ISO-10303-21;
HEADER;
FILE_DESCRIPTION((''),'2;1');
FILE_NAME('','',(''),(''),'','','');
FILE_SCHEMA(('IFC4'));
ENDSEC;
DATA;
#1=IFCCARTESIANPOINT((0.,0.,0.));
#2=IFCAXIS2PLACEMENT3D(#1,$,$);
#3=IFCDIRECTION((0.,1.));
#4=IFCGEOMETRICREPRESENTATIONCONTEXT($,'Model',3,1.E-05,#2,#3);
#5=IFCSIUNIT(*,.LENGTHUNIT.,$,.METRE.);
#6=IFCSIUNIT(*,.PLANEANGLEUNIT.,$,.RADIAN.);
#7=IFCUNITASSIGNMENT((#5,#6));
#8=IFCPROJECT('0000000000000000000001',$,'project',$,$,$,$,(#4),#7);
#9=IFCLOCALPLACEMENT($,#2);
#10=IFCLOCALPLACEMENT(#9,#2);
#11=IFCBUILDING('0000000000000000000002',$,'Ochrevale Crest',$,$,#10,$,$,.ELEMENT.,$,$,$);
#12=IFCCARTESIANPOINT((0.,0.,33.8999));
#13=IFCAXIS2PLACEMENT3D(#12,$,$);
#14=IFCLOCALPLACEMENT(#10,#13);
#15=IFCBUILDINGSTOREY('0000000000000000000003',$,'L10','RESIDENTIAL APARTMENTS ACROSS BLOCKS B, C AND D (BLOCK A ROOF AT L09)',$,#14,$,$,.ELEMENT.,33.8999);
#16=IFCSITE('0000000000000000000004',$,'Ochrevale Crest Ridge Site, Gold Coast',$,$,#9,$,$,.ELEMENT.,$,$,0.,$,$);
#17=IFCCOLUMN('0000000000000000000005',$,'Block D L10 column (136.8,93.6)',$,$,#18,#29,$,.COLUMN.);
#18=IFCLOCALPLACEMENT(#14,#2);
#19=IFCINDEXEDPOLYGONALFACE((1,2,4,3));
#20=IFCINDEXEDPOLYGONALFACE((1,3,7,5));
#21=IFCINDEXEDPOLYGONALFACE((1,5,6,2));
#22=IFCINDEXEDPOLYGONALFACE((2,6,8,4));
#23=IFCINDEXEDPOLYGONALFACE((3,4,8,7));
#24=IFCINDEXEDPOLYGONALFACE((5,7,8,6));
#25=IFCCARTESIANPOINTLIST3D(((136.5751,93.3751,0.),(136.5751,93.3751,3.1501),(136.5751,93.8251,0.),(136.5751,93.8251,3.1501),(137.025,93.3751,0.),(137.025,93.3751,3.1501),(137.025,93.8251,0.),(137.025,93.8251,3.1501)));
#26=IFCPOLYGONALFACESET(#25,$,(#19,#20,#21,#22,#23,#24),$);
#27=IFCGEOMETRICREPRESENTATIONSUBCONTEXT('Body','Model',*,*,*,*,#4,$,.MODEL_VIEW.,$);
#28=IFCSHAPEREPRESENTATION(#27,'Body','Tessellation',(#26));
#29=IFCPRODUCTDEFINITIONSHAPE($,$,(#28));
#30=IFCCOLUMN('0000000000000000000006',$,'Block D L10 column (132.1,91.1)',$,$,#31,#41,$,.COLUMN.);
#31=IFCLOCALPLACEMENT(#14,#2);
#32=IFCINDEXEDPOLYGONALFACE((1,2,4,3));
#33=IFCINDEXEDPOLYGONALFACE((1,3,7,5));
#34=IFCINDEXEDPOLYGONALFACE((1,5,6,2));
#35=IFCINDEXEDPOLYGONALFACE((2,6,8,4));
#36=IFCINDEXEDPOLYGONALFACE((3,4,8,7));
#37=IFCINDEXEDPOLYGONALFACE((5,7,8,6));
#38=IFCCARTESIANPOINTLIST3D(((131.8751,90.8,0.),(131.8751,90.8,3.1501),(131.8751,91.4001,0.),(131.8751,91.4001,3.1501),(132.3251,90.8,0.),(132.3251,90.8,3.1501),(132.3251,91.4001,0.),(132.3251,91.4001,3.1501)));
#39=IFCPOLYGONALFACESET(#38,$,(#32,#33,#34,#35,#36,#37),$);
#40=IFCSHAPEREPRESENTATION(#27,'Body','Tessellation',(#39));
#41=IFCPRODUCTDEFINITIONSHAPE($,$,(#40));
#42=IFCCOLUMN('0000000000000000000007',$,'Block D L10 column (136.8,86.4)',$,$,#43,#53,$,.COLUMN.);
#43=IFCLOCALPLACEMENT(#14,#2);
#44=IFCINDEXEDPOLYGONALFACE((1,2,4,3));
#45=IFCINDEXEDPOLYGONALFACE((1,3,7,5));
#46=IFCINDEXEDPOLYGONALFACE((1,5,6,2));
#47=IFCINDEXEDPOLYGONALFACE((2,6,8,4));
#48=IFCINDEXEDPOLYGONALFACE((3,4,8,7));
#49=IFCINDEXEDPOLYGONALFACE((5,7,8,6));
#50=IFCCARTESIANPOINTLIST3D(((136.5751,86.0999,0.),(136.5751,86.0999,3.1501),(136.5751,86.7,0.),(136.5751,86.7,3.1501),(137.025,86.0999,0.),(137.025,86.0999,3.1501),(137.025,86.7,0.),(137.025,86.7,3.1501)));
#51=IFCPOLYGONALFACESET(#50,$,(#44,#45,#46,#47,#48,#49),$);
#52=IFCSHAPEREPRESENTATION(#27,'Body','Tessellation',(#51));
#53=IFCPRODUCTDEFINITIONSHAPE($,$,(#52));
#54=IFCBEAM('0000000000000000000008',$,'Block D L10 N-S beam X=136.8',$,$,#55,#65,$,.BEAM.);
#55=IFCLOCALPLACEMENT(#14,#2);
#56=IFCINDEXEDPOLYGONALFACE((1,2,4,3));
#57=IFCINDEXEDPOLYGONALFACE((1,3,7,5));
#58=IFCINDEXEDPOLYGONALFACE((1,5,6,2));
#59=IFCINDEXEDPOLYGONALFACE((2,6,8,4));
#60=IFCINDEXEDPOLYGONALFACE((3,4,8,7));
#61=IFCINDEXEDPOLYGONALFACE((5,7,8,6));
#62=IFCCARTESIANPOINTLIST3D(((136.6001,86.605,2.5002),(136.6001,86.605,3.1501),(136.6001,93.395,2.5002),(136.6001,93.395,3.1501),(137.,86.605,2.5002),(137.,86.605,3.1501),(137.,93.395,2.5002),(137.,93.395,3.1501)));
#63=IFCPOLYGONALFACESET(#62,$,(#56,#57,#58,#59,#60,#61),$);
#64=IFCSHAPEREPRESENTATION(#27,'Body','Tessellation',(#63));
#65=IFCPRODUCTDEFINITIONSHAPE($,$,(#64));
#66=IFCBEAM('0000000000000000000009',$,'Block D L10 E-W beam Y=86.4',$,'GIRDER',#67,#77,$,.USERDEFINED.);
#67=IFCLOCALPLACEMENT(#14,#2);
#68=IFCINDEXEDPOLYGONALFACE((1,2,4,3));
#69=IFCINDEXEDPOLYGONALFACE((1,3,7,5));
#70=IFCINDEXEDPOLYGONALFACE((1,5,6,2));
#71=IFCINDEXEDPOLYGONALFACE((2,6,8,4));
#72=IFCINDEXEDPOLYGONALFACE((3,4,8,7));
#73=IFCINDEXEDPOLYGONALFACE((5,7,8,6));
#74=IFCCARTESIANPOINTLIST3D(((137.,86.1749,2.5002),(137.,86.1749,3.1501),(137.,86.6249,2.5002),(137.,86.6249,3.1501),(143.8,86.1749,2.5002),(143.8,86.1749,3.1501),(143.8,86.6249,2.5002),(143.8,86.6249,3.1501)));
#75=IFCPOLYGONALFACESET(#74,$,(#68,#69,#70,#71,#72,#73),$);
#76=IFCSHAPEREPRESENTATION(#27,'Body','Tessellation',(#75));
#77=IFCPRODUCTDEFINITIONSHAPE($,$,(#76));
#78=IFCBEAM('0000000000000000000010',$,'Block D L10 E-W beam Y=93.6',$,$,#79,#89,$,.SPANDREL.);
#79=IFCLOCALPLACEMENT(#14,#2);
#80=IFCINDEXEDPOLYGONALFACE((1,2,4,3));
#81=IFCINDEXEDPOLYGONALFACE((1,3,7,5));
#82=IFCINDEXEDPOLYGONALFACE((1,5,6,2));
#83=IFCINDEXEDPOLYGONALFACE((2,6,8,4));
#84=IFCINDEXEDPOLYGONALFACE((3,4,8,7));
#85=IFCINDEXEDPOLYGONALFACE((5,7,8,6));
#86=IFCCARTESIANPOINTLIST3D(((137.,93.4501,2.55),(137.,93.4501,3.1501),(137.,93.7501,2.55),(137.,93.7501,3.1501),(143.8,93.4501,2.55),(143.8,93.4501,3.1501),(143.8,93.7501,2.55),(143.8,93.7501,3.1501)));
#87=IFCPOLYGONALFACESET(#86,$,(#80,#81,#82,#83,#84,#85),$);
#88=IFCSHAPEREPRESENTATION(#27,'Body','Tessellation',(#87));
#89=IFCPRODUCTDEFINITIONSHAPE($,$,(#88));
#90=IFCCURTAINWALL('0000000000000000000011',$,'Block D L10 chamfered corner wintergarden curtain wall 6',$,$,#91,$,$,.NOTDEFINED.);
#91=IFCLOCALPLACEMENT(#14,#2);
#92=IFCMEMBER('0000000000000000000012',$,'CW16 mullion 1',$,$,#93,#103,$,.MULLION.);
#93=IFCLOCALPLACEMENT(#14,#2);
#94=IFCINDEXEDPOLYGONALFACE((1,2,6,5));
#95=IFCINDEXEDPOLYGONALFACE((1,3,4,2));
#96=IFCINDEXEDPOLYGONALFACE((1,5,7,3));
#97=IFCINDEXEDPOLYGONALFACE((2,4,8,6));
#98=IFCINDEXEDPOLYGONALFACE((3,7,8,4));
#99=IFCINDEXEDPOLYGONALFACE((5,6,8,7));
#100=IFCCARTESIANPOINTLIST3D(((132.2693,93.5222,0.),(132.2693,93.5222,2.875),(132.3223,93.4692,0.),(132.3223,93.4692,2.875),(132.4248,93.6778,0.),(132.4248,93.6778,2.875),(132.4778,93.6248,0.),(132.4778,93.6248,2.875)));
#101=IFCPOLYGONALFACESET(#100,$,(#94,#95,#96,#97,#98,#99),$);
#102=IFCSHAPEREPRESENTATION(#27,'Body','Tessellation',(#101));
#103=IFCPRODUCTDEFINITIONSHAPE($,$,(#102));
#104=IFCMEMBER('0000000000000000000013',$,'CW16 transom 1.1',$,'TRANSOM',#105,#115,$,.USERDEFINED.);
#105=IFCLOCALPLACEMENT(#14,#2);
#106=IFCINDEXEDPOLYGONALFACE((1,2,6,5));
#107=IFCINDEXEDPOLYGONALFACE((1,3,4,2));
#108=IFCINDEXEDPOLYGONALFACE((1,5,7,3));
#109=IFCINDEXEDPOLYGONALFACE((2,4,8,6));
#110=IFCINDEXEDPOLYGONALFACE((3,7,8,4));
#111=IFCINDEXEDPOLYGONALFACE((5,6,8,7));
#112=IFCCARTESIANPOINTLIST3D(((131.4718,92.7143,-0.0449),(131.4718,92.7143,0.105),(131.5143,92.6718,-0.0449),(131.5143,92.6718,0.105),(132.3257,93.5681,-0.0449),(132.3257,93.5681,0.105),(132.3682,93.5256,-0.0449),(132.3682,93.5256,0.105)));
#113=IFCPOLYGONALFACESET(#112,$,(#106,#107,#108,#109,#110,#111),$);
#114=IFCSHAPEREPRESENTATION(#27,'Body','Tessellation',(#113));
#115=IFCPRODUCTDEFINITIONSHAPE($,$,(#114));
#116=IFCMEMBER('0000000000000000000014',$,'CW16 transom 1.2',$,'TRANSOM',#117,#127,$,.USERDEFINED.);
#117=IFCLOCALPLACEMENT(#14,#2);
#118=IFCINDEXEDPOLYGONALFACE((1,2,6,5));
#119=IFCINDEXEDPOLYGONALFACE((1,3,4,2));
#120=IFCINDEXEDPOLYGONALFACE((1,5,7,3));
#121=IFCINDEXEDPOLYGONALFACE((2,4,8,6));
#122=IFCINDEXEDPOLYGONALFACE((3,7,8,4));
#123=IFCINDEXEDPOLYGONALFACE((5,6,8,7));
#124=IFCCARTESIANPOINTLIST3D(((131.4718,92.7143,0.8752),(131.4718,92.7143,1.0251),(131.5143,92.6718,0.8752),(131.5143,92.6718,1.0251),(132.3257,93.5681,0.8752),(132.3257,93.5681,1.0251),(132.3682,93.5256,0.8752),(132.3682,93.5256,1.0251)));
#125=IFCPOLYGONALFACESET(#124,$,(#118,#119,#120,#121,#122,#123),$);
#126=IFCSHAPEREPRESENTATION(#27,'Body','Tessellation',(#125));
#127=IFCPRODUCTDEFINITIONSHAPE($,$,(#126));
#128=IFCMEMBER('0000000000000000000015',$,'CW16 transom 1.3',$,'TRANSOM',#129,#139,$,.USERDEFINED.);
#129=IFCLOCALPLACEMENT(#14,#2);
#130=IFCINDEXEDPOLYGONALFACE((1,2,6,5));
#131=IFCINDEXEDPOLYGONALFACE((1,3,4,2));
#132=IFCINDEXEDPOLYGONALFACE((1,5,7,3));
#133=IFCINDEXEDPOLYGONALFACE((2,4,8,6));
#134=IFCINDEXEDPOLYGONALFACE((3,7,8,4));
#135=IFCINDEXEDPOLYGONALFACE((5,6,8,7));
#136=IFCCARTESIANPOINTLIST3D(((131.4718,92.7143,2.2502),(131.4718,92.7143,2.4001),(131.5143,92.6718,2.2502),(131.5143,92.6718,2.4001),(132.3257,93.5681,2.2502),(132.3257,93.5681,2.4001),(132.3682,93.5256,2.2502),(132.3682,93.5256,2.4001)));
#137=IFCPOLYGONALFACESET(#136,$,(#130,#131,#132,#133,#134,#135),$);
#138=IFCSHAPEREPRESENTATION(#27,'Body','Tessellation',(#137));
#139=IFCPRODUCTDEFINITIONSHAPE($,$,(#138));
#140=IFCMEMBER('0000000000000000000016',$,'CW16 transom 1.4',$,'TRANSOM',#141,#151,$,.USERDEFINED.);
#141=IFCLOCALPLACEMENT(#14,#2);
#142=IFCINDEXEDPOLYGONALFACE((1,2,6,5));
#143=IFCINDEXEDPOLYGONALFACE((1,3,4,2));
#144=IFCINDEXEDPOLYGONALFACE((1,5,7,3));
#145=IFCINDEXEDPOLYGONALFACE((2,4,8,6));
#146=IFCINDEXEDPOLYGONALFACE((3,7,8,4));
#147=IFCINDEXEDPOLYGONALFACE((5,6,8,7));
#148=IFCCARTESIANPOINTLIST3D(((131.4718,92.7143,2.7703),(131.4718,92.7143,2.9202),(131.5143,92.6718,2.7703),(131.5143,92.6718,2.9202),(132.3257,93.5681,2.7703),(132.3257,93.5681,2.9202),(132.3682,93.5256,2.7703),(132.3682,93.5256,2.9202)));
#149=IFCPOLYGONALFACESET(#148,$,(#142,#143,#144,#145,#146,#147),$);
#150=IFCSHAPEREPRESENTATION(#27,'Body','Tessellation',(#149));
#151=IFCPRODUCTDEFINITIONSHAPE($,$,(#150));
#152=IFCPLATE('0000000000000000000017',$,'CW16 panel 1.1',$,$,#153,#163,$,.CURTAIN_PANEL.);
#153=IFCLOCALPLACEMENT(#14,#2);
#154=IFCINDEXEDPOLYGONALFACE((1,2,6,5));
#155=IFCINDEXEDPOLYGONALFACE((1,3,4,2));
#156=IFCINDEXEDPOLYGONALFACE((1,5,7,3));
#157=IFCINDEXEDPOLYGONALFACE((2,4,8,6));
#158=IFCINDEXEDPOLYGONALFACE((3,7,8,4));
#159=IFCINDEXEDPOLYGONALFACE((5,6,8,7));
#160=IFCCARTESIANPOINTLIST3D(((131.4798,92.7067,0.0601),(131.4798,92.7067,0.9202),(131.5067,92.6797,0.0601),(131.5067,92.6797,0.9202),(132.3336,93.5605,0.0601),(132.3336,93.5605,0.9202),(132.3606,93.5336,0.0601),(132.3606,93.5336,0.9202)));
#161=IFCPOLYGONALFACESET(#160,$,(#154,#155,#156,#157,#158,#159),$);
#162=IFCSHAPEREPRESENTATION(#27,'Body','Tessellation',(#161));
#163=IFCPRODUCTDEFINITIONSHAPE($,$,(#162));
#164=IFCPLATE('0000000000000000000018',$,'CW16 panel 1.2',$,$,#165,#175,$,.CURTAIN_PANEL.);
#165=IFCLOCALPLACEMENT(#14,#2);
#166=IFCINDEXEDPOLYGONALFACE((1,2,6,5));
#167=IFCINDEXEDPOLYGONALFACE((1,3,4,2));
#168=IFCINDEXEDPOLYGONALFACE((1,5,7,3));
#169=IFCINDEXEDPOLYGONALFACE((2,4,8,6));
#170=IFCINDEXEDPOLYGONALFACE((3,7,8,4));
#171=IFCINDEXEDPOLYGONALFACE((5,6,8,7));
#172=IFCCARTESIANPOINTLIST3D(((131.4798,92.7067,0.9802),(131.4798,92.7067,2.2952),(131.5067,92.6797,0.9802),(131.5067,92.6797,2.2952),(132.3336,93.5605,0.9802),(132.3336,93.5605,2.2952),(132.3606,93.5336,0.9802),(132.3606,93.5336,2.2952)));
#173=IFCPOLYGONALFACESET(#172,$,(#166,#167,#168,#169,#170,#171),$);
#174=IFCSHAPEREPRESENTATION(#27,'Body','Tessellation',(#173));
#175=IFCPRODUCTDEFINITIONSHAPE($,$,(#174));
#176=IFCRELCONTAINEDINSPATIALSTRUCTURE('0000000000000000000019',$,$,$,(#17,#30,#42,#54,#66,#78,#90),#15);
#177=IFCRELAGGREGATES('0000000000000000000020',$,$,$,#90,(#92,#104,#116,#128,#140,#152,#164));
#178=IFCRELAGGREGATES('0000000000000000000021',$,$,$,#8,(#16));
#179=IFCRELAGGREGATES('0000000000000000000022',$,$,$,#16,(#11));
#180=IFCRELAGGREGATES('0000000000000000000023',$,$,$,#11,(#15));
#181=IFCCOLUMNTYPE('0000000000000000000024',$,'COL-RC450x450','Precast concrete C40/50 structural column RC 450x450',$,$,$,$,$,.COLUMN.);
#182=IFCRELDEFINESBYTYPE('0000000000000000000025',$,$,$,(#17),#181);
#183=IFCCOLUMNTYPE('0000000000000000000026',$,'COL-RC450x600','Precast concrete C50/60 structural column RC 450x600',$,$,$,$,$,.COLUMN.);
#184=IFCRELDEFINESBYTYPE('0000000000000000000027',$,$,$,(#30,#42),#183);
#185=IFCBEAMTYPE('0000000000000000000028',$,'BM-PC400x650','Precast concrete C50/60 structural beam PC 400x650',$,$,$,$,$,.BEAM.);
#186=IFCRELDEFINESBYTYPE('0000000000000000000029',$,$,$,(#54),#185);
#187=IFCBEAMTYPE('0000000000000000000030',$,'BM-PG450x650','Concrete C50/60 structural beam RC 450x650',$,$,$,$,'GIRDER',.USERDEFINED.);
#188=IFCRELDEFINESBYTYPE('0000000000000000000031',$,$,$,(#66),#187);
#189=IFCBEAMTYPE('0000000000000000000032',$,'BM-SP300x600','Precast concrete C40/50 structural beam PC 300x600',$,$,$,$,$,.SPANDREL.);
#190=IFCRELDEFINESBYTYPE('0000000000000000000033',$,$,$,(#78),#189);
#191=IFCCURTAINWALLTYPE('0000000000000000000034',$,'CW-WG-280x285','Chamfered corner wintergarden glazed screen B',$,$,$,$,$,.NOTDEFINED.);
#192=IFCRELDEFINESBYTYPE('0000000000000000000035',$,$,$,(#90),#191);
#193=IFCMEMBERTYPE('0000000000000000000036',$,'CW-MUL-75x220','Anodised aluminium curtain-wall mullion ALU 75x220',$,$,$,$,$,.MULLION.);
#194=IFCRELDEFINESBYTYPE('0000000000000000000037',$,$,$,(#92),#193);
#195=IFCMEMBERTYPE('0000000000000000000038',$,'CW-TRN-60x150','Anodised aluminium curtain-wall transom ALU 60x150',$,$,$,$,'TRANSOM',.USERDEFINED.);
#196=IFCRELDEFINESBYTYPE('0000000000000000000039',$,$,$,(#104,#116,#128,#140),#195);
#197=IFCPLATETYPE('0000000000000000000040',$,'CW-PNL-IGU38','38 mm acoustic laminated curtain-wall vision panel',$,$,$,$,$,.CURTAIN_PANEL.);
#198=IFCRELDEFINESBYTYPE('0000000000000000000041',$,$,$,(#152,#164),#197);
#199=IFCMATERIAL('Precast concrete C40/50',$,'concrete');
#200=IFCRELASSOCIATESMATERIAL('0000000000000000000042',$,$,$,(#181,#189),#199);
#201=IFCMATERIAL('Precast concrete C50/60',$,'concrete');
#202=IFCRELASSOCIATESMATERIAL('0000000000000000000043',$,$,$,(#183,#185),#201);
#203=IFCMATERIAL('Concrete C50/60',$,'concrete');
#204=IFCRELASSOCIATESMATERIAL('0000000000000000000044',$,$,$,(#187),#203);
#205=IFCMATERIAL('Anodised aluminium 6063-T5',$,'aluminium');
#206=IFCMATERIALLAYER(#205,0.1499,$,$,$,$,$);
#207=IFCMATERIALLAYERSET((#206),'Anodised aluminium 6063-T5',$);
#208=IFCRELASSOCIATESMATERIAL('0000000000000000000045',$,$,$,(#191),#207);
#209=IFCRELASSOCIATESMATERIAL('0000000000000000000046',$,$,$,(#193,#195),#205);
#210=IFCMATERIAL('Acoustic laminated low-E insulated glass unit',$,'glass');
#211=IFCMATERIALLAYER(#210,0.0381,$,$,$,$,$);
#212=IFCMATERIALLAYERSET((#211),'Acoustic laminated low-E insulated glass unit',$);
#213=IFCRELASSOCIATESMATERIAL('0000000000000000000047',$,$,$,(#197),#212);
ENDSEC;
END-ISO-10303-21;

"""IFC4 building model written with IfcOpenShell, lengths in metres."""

from ifc_helpers import new_model, si_unit, direction, frame, origin, origin_2d, place, context, subcontext, project, spatial, rectangle, extrude, material, layer, layer_set, material_profile, profile_set, type_object, element, aggregate, save


model = new_model("IFC4")

# Units and contexts
model_context = context("Model", 3, precision=1e-05, world=origin(), true_north=direction((0.0, 1.0)))
body_context = subcontext(model_context, "Body", "Model", "MODEL_VIEW")
ifc_project = project(units=[si_unit("LENGTHUNIT", "METRE"), si_unit("PLANEANGLEUNIT", "RADIAN")], contexts=[model_context])

# Site, building, storey
site_placement = place(None, origin())
site = spatial("IfcSite", under=ifc_project, at=site_placement, Name="Ochrevale Crest Ridge Site, Gold Coast", CompositionType="ELEMENT", RefElevation=0.0)
building_placement = place(site_placement, origin())
building = spatial("IfcBuilding", under=site, at=building_placement, Name="Ochrevale Crest", CompositionType="ELEMENT")
storey_placement = place(building_placement, frame((0.0, 0.0, 33.8999)))
storey = spatial("IfcBuildingStorey", under=building, at=storey_placement, Name="L10", Description="RESIDENTIAL APARTMENTS ACROSS BLOCKS B, C AND D (BLOCK A ROOF AT L09)", CompositionType="ELEMENT", Elevation=33.8999)

# Columns
ifc_material_1 = material(Name="Precast concrete C40/50", Category="concrete")
ifc_material_profile_1 = material_profile(ifc_material_1, rectangle(XDim=0.45, YDim=0.45, at=origin_2d()), Name="RC 450x450")
ifc_profile_set_1 = profile_set([ifc_material_profile_1], Name="Precast concrete C40/50")
column_type_1 = type_object("IfcColumnType", Name="COL-RC450x450", Description="Precast concrete C40/50 structural column RC 450x450", PredefinedType="COLUMN", material=ifc_profile_set_1)
column_placement = place(storey_placement, frame((136.8, 93.6001, 0.0), z_axis=(0.0, 0.0, 1.0), x_axis=(1.0, 0.0, 0.0)))
element("IfcColumn", 1, at=column_placement, inside=storey, type_object=column_type_1, Name="Block D L10 column (136.8,93.6)", PredefinedType="COLUMN", context=body_context, shape_type="SweptSolid", body=[
    extrude(rectangle(XDim=0.45, YDim=0.45, at=origin_2d()), origin(), (0.0, 0.0, 1.0), 3.1501),
])
ifc_material_2 = material(Name="Precast concrete C50/60", Category="concrete")
ifc_material_profile_2 = material_profile(ifc_material_2, rectangle(XDim=0.45, YDim=0.6001, at=origin_2d()), Name="RC 450x600")
ifc_profile_set_2 = profile_set([ifc_material_profile_2], Name="Precast concrete C50/60")
column_type_2 = type_object("IfcColumnType", Name="COL-RC450x600", Description="Precast concrete C50/60 structural column RC 450x600", PredefinedType="COLUMN", material=ifc_profile_set_2)
for number, where, z_axis, x_axis, name in (
    (2, (132.1001, 91.1001, 0.0), (0.0, 0.0, 1.0), (1.0, 0.0, 0.0), "Block D L10 column (132.1,91.1)"),
    (3, (136.8, 86.3999, 0.0), (0.0, 0.0, 1.0), (1.0, 0.0, 0.0), "Block D L10 column (136.8,86.4)"),
):
    element("IfcColumn", number, at=place(storey_placement, frame(where, z_axis=z_axis, x_axis=x_axis)), inside=storey, type_object=column_type_2, Name=name, PredefinedType="COLUMN", context=body_context, shape_type="SweptSolid", body=[
        extrude(rectangle(XDim=0.45, YDim=0.6001, at=origin_2d()), origin(), (0.0, 0.0, 1.0), 3.1501),
    ])

# Beams
ifc_material_profile_3 = material_profile(ifc_material_2, rectangle(XDim=0.3999, YDim=0.6499, at=origin_2d()), Name="PC 400x650")
ifc_profile_set_3 = profile_set([ifc_material_profile_3], Name="Precast concrete C50/60")
beam_type_1 = type_object("IfcBeamType", Name="BM-PC400x650", Description="Precast concrete C50/60 structural beam PC 400x650", PredefinedType="BEAM", material=ifc_profile_set_3)
beam_1_placement = place(storey_placement, frame((136.8, 86.605, 2.8252), z_axis=(0.0, 1.0, 0.0), x_axis=(-1.0, 0.0, 0.0)))
element("IfcBeam", 4, at=beam_1_placement, inside=storey, type_object=beam_type_1, Name="Block D L10 N-S beam X=136.8", PredefinedType="BEAM", context=body_context, shape_type="SweptSolid", body=[
    extrude(rectangle(XDim=0.3999, YDim=0.6499, at=origin_2d()), origin(), (0.0, 0.0, 1.0), 6.79),
])
ifc_material_3 = material(Name="Concrete C50/60", Category="concrete")
ifc_material_profile_4 = material_profile(ifc_material_3, rectangle(XDim=0.45, YDim=0.6499, at=origin_2d()), Name="RC 450x650")
ifc_profile_set_4 = profile_set([ifc_material_profile_4], Name="Concrete C50/60")
beam_type_2 = type_object("IfcBeamType", Name="BM-PG450x650", Description="Concrete C50/60 structural beam RC 450x650", ElementType="GIRDER", PredefinedType="USERDEFINED", material=ifc_profile_set_4)
beam_2_placement = place(storey_placement, frame((137.0, 86.3999, 2.8252), z_axis=(1.0, 0.0, 0.0), x_axis=(0.0, 1.0, 0.0)))
element("IfcBeam", 5, at=beam_2_placement, inside=storey, type_object=beam_type_2, Name="Block D L10 E-W beam Y=86.4", ObjectType="GIRDER", PredefinedType="USERDEFINED", context=body_context, shape_type="SweptSolid", body=[
    extrude(rectangle(XDim=0.45, YDim=0.6499, at=origin_2d()), origin(), (0.0, 0.0, 1.0), 6.8),
])
ifc_material_profile_5 = material_profile(ifc_material_1, rectangle(XDim=0.3, YDim=0.6001, at=origin_2d()), Name="PC 300x600")
ifc_profile_set_5 = profile_set([ifc_material_profile_5], Name="Precast concrete C40/50")
beam_type_3 = type_object("IfcBeamType", Name="BM-SP300x600", Description="Precast concrete C40/50 structural beam PC 300x600", PredefinedType="SPANDREL", material=ifc_profile_set_5)
beam_3_placement = place(storey_placement, frame((137.0, 93.6001, 2.8501), z_axis=(1.0, 0.0, 0.0), x_axis=(0.0, 1.0, 0.0)))
element("IfcBeam", 6, at=beam_3_placement, inside=storey, type_object=beam_type_3, Name="Block D L10 E-W beam Y=93.6", PredefinedType="SPANDREL", context=body_context, shape_type="SweptSolid", body=[
    extrude(rectangle(XDim=0.3, YDim=0.6001, at=origin_2d()), origin(), (0.0, 0.0, 1.0), 6.8),
])

# Curtain wall, members, plates
ifc_material_4 = material(Name="Anodised aluminium 6063-T5", Category="aluminium")
ifc_layer_1 = layer(ifc_material_4, 0.1499)
ifc_layer_set_1 = layer_set([ifc_layer_1], Name="Anodised aluminium 6063-T5")
curtain_wall_type = type_object("IfcCurtainWallType", Name="CW-WG-280x285", Description="Chamfered corner wintergarden glazed screen B", PredefinedType="NOTDEFINED", material=ifc_layer_set_1)
curtain_wall_placement = place(storey_placement, origin())
curtain_wall = element("IfcCurtainWall", 7, at=curtain_wall_placement, inside=storey, type_object=curtain_wall_type, Name="Block D L10 chamfered corner wintergarden curtain wall 6", PredefinedType="NOTDEFINED")
ifc_material_profile_6 = material_profile(ifc_material_4, rectangle(XDim=0.075, YDim=0.22, at=origin_2d()), Name="ALU 75x220")
ifc_profile_set_6 = profile_set([ifc_material_profile_6], Name="Anodised aluminium 6063-T5")
member_type_1 = type_object("IfcMemberType", Name="CW-MUL-75x220", Description="Anodised aluminium curtain-wall mullion ALU 75x220", PredefinedType="MULLION", material=ifc_profile_set_6)
member_1_placement = place(storey_placement, frame((132.3735, 93.5735, 0.0), z_axis=(0.0, 0.0, 1.0), x_axis=(0.707107, -0.707107, 0.0)))
member_1 = element("IfcMember", 8, at=member_1_placement, type_object=member_type_1, Name="CW16 mullion 1", PredefinedType="MULLION", context=body_context, shape_type="SweptSolid", body=[
    extrude(rectangle(XDim=0.075, YDim=0.22, at=origin_2d()), origin(), (0.0, 0.0, 1.0), 2.875),
])
ifc_material_profile_7 = material_profile(ifc_material_4, rectangle(XDim=0.0601, YDim=0.1499, at=origin_2d()), Name="ALU 60x150")
ifc_profile_set_7 = profile_set([ifc_material_profile_7], Name="Anodised aluminium 6063-T5")
member_type_2 = type_object("IfcMemberType", Name="CW-TRN-60x150", Description="Anodised aluminium curtain-wall transom ALU 60x150", ElementType="TRANSOM", PredefinedType="USERDEFINED", material=ifc_profile_set_7)
member_2_placement = place(storey_placement, frame((132.3469, 93.5469, 0.03), z_axis=(-0.707107, -0.707107, 0.0), x_axis=(0.707107, -0.707107, 0.0)))
member_2 = element("IfcMember", 9, at=member_2_placement, type_object=member_type_2, Name="CW16 transom 1.1", ObjectType="TRANSOM", PredefinedType="USERDEFINED", context=body_context, shape_type="SweptSolid", body=[
    extrude(rectangle(XDim=0.0601, YDim=0.1499, at=origin_2d()), origin(), (0.0, 0.0, 1.0), 1.2075),
])
member_3_placement = place(storey_placement, frame((132.3469, 93.5469, 0.9502), z_axis=(-0.707107, -0.707107, 0.0), x_axis=(0.707107, -0.707107, 0.0)))
member_3 = element("IfcMember", 10, at=member_3_placement, type_object=member_type_2, Name="CW16 transom 1.2", ObjectType="TRANSOM", PredefinedType="USERDEFINED", context=body_context, shape_type="SweptSolid", body=[
    extrude(rectangle(XDim=0.0601, YDim=0.1499, at=origin_2d()), origin(), (0.0, 0.0, 1.0), 1.2075),
])
member_4_placement = place(storey_placement, frame((132.3469, 93.5469, 2.3252), z_axis=(-0.707107, -0.707107, 0.0), x_axis=(0.707107, -0.707107, 0.0)))
member_4 = element("IfcMember", 11, at=member_4_placement, type_object=member_type_2, Name="CW16 transom 1.3", ObjectType="TRANSOM", PredefinedType="USERDEFINED", context=body_context, shape_type="SweptSolid", body=[
    extrude(rectangle(XDim=0.0601, YDim=0.1499, at=origin_2d()), origin(), (0.0, 0.0, 1.0), 1.2075),
])
member_5_placement = place(storey_placement, frame((132.3469, 93.5469, 2.8452), z_axis=(-0.707107, -0.707107, 0.0), x_axis=(0.707107, -0.707107, 0.0)))
member_5 = element("IfcMember", 12, at=member_5_placement, type_object=member_type_2, Name="CW16 transom 1.4", ObjectType="TRANSOM", PredefinedType="USERDEFINED", context=body_context, shape_type="SweptSolid", body=[
    extrude(rectangle(XDim=0.0601, YDim=0.1499, at=origin_2d()), origin(), (0.0, 0.0, 1.0), 1.2075),
])
ifc_material_5 = material(Name="Acoustic laminated low-E insulated glass unit", Category="glass")
ifc_layer_2 = layer(ifc_material_5, 0.0381)
ifc_layer_set_2 = layer_set([ifc_layer_2], Name="Acoustic laminated low-E insulated glass unit")
plate_type_1 = type_object("IfcPlateType", Name="CW-PNL-IGU38", Description="38 mm acoustic laminated curtain-wall vision panel", PredefinedType="CURTAIN_PANEL", material=ifc_layer_set_2)
plate_1_placement = place(storey_placement, frame((131.9202, 93.1201, 0.0601), z_axis=(0.0, 0.0, 1.0), x_axis=(-0.707107, -0.707107, 0.0)))
plate_1 = element("IfcPlate", 13, at=plate_1_placement, type_object=plate_type_1, Name="CW16 panel 1.1", PredefinedType="CURTAIN_PANEL", context=body_context, shape_type="SweptSolid", body=[
    extrude(rectangle(XDim=1.2075, YDim=0.0381, at=origin_2d()), origin(), (0.0, 0.0, 1.0), 0.8601),
])
plate_2_placement = place(storey_placement, frame((131.9202, 93.1201, 0.9802), z_axis=(0.0, 0.0, 1.0), x_axis=(-0.707107, -0.707107, 0.0)))
plate_2 = element("IfcPlate", 14, at=plate_2_placement, type_object=plate_type_1, Name="CW16 panel 1.2", PredefinedType="CURTAIN_PANEL", context=body_context, shape_type="SweptSolid", body=[
    extrude(rectangle(XDim=1.2075, YDim=0.0381, at=origin_2d()), origin(), (0.0, 0.0, 1.0), 1.3149),
])
aggregate(curtain_wall, [member_1, member_2, member_3, member_4, member_5, plate_1, plate_2])

save(model, "model.ifc")
